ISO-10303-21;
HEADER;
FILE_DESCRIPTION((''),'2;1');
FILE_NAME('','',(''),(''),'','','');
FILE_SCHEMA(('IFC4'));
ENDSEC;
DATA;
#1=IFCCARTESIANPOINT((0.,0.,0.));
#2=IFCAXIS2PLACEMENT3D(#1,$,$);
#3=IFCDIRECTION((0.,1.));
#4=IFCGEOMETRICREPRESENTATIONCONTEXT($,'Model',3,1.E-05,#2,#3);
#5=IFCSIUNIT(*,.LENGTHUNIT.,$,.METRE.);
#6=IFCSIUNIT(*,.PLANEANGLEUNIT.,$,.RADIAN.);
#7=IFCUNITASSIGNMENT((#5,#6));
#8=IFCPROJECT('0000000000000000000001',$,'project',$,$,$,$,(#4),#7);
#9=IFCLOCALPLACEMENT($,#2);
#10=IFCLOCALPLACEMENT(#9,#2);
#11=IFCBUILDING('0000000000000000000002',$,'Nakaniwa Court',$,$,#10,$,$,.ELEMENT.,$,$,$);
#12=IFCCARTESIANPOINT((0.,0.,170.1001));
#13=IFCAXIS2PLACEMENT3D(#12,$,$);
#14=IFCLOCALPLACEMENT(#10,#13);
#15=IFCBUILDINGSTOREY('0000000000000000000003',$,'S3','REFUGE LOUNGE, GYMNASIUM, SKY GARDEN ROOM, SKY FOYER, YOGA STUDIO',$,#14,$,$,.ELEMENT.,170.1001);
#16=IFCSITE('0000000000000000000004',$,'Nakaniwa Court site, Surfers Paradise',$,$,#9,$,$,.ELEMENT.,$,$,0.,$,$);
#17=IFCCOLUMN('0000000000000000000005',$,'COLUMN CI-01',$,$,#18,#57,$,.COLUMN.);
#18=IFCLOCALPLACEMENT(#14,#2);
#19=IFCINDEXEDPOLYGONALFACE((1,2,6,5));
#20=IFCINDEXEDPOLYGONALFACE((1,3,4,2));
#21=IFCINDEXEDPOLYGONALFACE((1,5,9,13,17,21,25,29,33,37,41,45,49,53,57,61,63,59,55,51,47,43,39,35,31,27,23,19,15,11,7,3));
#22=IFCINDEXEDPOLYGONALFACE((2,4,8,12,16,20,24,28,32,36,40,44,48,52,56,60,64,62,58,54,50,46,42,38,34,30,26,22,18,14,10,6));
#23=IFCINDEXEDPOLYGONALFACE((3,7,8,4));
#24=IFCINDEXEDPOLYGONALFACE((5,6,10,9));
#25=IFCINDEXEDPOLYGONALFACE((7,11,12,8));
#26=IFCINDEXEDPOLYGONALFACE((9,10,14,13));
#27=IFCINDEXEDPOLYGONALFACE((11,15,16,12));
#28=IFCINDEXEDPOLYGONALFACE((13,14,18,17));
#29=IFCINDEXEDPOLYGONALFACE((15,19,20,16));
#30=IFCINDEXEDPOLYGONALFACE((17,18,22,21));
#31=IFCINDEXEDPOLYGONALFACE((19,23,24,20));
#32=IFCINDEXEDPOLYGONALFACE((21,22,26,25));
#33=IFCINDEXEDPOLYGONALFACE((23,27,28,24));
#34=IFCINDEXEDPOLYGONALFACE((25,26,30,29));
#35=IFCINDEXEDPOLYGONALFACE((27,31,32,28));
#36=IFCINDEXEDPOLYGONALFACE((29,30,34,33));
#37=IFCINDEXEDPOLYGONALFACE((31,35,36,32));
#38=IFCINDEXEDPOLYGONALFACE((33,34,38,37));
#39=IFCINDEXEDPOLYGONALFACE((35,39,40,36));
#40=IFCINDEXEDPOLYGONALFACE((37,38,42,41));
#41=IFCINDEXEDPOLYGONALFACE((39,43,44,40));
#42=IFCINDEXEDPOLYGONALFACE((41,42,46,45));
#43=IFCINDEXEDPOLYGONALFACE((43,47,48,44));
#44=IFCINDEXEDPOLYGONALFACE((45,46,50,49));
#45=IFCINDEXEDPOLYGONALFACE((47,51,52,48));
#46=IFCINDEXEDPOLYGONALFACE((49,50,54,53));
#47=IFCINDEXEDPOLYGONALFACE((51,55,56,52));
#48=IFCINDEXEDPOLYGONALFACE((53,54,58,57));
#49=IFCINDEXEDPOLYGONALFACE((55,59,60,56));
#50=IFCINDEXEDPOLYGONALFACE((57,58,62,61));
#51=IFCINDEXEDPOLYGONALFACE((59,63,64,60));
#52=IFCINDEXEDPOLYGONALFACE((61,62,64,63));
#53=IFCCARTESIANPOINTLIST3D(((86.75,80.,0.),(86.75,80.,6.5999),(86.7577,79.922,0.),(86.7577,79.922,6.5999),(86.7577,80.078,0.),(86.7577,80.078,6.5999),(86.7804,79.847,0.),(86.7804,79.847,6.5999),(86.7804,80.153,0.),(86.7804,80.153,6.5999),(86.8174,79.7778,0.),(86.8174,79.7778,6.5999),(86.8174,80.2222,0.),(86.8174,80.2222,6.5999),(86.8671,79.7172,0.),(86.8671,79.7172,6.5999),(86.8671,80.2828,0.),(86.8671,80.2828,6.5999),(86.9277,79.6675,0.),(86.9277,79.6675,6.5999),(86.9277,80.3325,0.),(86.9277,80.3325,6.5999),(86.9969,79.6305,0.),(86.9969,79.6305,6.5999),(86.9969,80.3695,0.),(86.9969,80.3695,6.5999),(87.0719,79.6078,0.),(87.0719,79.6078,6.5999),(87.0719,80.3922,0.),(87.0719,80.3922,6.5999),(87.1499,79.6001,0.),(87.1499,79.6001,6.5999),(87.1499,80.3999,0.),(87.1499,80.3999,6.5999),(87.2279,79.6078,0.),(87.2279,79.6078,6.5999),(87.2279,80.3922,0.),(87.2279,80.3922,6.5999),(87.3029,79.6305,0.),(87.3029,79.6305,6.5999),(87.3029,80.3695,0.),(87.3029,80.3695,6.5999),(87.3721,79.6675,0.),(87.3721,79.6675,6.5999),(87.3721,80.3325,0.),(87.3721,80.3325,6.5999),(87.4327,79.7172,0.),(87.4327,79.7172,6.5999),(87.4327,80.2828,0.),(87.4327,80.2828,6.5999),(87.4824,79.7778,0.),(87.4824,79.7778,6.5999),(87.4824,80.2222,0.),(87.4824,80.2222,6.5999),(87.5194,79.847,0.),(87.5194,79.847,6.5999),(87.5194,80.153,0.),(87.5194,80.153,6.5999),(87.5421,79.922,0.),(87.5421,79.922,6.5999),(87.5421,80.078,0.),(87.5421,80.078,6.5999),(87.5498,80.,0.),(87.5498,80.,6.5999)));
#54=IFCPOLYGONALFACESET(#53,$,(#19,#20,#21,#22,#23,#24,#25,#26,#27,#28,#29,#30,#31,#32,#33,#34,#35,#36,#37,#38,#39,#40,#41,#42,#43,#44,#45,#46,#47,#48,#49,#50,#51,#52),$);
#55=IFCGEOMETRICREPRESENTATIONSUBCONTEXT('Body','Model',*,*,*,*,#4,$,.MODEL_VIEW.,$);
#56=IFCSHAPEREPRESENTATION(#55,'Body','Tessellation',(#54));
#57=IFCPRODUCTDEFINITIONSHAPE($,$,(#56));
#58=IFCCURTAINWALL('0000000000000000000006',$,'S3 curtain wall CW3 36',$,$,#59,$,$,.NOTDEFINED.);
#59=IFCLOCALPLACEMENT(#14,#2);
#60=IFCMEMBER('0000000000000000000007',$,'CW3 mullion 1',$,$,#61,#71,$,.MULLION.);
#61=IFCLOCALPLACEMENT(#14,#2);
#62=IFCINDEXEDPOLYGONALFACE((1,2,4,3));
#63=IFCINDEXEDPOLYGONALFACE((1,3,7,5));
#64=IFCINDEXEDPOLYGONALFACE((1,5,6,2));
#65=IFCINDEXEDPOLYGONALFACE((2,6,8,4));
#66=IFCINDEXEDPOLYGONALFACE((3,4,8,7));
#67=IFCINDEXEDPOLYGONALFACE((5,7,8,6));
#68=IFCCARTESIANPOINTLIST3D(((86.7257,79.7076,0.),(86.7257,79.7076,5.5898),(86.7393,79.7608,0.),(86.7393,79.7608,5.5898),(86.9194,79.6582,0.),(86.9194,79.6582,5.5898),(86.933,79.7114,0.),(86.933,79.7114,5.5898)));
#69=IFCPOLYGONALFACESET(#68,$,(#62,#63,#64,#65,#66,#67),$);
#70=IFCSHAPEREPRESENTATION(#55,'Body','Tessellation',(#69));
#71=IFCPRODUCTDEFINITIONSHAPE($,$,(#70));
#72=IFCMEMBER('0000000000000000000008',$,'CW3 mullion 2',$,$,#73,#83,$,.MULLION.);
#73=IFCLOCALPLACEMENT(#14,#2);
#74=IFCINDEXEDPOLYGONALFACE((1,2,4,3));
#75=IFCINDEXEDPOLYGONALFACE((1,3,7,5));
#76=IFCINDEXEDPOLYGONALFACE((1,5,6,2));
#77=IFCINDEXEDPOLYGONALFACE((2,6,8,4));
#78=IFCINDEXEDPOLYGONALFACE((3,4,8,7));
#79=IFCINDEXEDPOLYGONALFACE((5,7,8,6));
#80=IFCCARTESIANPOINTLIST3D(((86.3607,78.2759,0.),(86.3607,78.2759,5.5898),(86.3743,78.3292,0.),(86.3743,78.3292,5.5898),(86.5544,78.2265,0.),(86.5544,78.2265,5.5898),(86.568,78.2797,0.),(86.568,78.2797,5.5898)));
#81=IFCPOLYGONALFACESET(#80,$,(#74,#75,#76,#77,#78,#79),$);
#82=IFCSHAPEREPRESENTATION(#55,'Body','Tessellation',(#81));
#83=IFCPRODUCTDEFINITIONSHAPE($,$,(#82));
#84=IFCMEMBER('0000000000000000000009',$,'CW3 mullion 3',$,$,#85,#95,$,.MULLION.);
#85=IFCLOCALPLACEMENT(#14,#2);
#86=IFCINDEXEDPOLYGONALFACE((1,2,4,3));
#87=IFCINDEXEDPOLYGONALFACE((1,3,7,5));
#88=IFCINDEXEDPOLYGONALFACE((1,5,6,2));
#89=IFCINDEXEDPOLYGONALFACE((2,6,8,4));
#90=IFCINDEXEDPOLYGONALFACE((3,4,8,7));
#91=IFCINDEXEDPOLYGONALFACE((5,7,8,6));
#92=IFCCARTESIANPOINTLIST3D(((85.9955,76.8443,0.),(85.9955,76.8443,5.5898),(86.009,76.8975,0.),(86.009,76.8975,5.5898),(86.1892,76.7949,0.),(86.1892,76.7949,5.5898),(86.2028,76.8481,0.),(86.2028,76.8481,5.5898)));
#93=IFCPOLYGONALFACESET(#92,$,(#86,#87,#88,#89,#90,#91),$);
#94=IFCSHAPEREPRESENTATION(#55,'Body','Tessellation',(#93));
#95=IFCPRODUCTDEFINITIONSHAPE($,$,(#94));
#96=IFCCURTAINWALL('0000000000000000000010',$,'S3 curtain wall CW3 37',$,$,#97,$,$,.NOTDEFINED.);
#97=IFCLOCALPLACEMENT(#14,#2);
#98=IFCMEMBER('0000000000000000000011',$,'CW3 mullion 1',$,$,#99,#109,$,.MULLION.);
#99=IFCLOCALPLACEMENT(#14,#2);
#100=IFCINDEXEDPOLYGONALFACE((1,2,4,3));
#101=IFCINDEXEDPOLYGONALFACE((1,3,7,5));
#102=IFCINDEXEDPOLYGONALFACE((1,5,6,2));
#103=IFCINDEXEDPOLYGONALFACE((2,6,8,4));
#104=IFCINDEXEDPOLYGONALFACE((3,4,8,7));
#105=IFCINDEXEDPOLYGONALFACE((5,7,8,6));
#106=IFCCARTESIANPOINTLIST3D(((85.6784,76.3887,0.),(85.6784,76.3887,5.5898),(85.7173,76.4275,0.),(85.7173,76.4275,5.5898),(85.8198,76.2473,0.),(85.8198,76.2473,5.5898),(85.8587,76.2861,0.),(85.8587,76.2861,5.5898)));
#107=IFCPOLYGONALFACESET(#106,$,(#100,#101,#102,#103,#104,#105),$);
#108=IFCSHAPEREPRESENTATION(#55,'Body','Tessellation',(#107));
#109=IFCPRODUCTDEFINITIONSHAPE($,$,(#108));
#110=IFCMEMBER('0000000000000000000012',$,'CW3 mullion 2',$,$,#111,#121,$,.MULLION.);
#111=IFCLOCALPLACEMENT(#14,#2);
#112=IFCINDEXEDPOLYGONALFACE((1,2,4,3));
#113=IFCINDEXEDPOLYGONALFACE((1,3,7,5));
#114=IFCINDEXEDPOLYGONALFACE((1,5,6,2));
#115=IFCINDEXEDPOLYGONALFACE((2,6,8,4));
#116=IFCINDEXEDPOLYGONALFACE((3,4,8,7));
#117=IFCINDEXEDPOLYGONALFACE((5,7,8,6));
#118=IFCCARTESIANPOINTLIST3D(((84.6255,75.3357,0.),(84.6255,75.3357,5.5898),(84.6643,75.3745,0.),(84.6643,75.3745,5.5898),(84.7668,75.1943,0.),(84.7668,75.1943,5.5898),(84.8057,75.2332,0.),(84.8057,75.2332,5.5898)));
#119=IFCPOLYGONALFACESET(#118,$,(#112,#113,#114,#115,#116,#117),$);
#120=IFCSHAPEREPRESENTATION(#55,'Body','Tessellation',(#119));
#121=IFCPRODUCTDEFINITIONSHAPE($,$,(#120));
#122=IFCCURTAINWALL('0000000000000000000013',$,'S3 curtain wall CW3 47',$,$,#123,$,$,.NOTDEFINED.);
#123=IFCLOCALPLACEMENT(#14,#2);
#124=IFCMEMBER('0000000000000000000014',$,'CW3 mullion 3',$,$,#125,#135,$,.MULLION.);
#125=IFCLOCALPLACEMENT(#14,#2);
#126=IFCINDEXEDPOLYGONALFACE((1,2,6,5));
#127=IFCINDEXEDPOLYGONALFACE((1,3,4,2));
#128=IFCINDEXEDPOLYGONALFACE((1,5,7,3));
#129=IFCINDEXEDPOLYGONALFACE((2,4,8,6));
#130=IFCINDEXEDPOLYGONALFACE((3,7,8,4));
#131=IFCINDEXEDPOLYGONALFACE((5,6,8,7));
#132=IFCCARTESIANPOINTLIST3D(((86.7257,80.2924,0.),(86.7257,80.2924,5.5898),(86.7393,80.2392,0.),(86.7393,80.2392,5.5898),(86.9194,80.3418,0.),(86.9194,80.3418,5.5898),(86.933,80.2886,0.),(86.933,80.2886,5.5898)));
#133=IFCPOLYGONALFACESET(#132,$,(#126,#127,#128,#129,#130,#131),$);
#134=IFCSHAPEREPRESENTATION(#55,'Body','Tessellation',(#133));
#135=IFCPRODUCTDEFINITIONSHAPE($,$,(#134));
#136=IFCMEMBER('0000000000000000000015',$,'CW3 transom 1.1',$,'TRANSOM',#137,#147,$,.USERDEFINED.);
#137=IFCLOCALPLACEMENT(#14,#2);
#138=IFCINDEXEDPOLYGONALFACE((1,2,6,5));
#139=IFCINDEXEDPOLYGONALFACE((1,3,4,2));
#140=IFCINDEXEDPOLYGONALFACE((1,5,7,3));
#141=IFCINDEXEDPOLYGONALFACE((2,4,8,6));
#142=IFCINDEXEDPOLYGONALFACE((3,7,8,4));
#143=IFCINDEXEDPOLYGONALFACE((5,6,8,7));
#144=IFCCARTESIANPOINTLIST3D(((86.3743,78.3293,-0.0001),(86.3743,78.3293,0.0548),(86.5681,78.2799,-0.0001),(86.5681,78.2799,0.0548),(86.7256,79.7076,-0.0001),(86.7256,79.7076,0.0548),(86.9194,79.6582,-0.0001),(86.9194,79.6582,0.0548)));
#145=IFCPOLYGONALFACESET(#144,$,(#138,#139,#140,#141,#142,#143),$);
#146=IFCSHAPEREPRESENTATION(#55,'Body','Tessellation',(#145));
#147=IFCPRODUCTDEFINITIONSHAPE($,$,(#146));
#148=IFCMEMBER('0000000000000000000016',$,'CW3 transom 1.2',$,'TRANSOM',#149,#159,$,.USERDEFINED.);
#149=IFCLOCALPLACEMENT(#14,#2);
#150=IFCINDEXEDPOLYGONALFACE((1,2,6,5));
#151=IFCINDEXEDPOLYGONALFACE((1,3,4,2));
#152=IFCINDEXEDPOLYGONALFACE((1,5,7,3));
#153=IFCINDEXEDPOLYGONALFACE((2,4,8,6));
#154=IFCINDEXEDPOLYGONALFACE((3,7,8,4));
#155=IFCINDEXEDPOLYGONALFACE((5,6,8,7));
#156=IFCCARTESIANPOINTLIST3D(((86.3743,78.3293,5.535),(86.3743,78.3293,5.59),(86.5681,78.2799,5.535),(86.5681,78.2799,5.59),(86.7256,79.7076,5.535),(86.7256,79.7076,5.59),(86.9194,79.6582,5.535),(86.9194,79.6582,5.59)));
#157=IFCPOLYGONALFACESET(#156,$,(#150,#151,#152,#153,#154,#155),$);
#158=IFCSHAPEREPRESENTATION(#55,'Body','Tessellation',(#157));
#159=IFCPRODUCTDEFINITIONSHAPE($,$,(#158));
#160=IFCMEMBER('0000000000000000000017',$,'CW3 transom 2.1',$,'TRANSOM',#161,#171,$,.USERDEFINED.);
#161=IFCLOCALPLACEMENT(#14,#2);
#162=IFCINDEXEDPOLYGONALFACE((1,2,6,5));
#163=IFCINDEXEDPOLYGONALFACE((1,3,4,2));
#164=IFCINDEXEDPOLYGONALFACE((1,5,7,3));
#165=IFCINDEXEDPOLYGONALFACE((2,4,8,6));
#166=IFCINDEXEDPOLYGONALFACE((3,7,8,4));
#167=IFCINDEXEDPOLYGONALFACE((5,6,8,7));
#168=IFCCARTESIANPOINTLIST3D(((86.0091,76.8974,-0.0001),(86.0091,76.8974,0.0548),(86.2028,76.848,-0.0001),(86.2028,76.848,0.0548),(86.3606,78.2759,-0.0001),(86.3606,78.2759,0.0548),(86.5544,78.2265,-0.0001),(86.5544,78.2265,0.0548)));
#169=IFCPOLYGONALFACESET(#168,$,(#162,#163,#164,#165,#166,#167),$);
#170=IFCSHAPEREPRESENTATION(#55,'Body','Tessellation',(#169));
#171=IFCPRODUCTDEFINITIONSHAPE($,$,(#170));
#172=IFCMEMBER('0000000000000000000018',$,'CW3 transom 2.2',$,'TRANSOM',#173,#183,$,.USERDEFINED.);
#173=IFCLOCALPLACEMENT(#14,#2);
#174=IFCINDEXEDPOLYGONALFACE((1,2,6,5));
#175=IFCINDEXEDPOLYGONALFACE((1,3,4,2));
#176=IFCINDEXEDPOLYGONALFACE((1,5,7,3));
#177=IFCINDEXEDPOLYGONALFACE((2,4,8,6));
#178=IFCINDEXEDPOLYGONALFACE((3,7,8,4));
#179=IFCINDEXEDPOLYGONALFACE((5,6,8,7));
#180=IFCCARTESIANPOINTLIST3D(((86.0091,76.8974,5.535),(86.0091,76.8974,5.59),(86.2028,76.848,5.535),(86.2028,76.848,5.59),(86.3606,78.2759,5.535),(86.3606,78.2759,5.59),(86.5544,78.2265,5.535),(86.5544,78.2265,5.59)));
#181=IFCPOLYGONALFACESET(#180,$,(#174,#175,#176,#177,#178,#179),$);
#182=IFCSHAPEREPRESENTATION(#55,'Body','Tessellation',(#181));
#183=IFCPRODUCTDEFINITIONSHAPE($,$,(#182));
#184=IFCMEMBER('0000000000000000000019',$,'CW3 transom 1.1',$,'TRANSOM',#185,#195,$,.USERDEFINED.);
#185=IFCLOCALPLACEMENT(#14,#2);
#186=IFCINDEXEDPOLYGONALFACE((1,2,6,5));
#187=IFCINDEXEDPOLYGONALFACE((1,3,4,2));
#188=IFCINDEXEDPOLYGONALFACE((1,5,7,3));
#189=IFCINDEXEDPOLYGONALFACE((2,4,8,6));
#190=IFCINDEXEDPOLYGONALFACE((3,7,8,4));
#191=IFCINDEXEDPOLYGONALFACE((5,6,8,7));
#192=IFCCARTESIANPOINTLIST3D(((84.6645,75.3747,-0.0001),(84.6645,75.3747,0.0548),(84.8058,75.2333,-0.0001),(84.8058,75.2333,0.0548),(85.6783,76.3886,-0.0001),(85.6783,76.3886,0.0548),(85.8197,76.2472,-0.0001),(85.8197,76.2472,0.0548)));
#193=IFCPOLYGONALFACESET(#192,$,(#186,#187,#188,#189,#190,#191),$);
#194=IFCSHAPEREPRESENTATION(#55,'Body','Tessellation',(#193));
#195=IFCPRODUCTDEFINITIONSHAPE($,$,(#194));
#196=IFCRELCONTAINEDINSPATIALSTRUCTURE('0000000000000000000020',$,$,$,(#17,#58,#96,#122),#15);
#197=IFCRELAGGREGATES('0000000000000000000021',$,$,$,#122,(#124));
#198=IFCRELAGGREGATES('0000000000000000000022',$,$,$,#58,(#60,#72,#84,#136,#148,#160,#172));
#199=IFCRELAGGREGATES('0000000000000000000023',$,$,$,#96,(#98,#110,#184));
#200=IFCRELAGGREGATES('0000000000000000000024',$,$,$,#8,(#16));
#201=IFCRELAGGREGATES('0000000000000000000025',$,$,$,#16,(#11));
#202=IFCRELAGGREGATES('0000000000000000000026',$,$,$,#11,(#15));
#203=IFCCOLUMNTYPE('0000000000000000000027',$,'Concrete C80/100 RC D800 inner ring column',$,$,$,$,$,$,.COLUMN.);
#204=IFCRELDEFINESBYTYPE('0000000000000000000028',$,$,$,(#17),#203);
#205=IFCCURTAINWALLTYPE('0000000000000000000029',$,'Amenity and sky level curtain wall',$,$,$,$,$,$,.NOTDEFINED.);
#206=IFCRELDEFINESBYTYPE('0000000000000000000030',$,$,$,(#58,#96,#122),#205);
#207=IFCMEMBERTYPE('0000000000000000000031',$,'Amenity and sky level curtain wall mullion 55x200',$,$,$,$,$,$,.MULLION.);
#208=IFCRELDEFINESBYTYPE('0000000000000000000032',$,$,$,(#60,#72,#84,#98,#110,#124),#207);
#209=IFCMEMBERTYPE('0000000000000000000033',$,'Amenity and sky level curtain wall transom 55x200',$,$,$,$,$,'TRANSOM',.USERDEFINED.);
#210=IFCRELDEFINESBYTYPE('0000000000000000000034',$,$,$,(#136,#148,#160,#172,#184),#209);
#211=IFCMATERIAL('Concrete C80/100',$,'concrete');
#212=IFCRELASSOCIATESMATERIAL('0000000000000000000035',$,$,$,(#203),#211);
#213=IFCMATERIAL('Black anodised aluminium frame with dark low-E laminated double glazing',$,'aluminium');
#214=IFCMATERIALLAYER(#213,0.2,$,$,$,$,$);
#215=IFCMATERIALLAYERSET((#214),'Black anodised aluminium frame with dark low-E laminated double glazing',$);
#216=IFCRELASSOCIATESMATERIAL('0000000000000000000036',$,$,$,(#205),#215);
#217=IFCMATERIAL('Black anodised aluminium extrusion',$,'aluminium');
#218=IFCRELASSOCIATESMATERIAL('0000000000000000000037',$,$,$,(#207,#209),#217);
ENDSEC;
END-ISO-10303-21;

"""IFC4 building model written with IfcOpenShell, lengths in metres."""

from ifc_helpers import new_model, si_unit, direction, frame, origin, origin_2d, place, context, subcontext, project, spatial, rectangle, circle, extrude, material, layer, layer_set, material_profile, profile_set, type_object, element, aggregate, save


model = new_model("IFC4")

# Units and contexts
model_context = context("Model", 3, precision=1e-05, world=origin(), true_north=direction((0.0, 1.0)))
body_context = subcontext(model_context, "Body", "Model", "MODEL_VIEW")
ifc_project = project(units=[si_unit("LENGTHUNIT", "METRE"), si_unit("PLANEANGLEUNIT", "RADIAN")], contexts=[model_context])

# Site, building, storey
site_placement = place(None, origin())
site = spatial("IfcSite", under=ifc_project, at=site_placement, Name="Nakaniwa Court site, Surfers Paradise", CompositionType="ELEMENT", RefElevation=0.0)
building_placement = place(site_placement, origin())
building = spatial("IfcBuilding", under=site, at=building_placement, Name="Nakaniwa Court", CompositionType="ELEMENT")
storey_placement = place(building_placement, frame((0.0, 0.0, 170.1001)))
storey = spatial("IfcBuildingStorey", under=building, at=storey_placement, Name="S3", Description="REFUGE LOUNGE, GYMNASIUM, SKY GARDEN ROOM, SKY FOYER, YOGA STUDIO", CompositionType="ELEMENT", Elevation=170.1001)

# Column
ifc_material_1 = material(Name="Concrete C80/100", Category="concrete")
ifc_material_profile_1 = material_profile(ifc_material_1, circle(Radius=0.3999, at=origin_2d()), Name="Concrete C80/100 RC D800 inner ring column")
ifc_profile_set_1 = profile_set([ifc_material_profile_1], Name="Concrete C80/100")
column_type = type_object("IfcColumnType", Name="Concrete C80/100 RC D800 inner ring column", PredefinedType="COLUMN", material=ifc_profile_set_1)
for number, where, z_axis, x_axis, name in (
    (1, (87.1499, 80.0, 0.0), (0.0, 0.0, 1.0), (0.0, 1.0, 0.0), "COLUMN CI-01"),
):
    element("IfcColumn", number, at=place(storey_placement, frame(where, z_axis=z_axis, x_axis=x_axis)), inside=storey, type_object=column_type, Name=name, PredefinedType="COLUMN", context=body_context, shape_type="SweptSolid", body=[
        extrude(circle(Radius=0.3999, at=origin_2d()), origin(), (0.0, 0.0, 1.0), 6.5999),
    ])

# Curtain walls, members
ifc_material_2 = material(Name="Black anodised aluminium frame with dark low-E laminated double glazing", Category="aluminium")
ifc_layer_1 = layer(ifc_material_2, 0.2)
ifc_layer_set_1 = layer_set([ifc_layer_1], Name="Black anodised aluminium frame with dark low-E laminated double glazing")
curtain_wall_type = type_object("IfcCurtainWallType", Name="Amenity and sky level curtain wall", PredefinedType="NOTDEFINED", material=ifc_layer_set_1)
curtain_wall_1_placement = place(storey_placement, origin())
curtain_wall_1 = element("IfcCurtainWall", 2, at=curtain_wall_1_placement, inside=storey, type_object=curtain_wall_type, Name="S3 curtain wall CW3 36", PredefinedType="NOTDEFINED")
ifc_material_3 = material(Name="Black anodised aluminium extrusion", Category="aluminium")
ifc_material_profile_2 = material_profile(ifc_material_3, rectangle(XDim=0.2, YDim=0.0549, at=origin_2d()), Name="Amenity and sky level curtain wall mullion 55x200")
ifc_profile_set_2 = profile_set([ifc_material_profile_2], Name="Black anodised aluminium extrusion")
member_type_1 = type_object("IfcMemberType", Name="Amenity and sky level curtain wall mullion 55x200", PredefinedType="MULLION", material=ifc_profile_set_2)
member_1_placement = place(storey_placement, frame((86.8293, 79.7095, 0.0), z_axis=(0.0, 0.0, 1.0), x_axis=(0.968986, -0.247114, 0.0)))
member_1 = element("IfcMember", 3, at=member_1_placement, type_object=member_type_1, Name="CW3 mullion 1", PredefinedType="MULLION", context=body_context, shape_type="SweptSolid", body=[
    extrude(rectangle(XDim=0.2, YDim=0.0549, at=origin_2d()), origin(), (0.0, 0.0, 1.0), 5.5898),
])
member_2_placement = place(storey_placement, frame((86.4644, 78.2778, 0.0), z_axis=(0.0, 0.0, 1.0), x_axis=(0.968986, -0.247114, 0.0)))
member_2 = element("IfcMember", 4, at=member_2_placement, type_object=member_type_1, Name="CW3 mullion 2", PredefinedType="MULLION", context=body_context, shape_type="SweptSolid", body=[
    extrude(rectangle(XDim=0.2, YDim=0.0549, at=origin_2d()), origin(), (0.0, 0.0, 1.0), 5.5898),
])
member_3_placement = place(storey_placement, frame((86.0991, 76.8462, 0.0), z_axis=(0.0, 0.0, 1.0), x_axis=(0.968986, -0.247114, 0.0)))
member_3 = element("IfcMember", 5, at=member_3_placement, type_object=member_type_1, Name="CW3 mullion 3", PredefinedType="MULLION", context=body_context, shape_type="SweptSolid", body=[
    extrude(rectangle(XDim=0.2, YDim=0.0549, at=origin_2d()), origin(), (0.0, 0.0, 1.0), 5.5898),
])
curtain_wall_2_placement = place(storey_placement, origin())
curtain_wall_2 = element("IfcCurtainWall", 6, at=curtain_wall_2_placement, inside=storey, type_object=curtain_wall_type, Name="S3 curtain wall CW3 37", PredefinedType="NOTDEFINED")
member_4_placement = place(storey_placement, frame((85.7686, 76.3374, 0.0), z_axis=(0.0, 0.0, 1.0), x_axis=(0.707107, -0.707107, 0.0)))
member_4 = element("IfcMember", 7, at=member_4_placement, type_object=member_type_1, Name="CW3 mullion 1", PredefinedType="MULLION", context=body_context, shape_type="SweptSolid", body=[
    extrude(rectangle(XDim=0.2, YDim=0.0549, at=origin_2d()), origin(), (0.0, 0.0, 1.0), 5.5898),
])
member_5_placement = place(storey_placement, frame((84.7156, 75.2844, 0.0), z_axis=(0.0, 0.0, 1.0), x_axis=(0.707107, -0.707107, 0.0)))
member_5 = element("IfcMember", 8, at=member_5_placement, type_object=member_type_1, Name="CW3 mullion 2", PredefinedType="MULLION", context=body_context, shape_type="SweptSolid", body=[
    extrude(rectangle(XDim=0.2, YDim=0.0549, at=origin_2d()), origin(), (0.0, 0.0, 1.0), 5.5898),
])

# Curtain wall, member
curtain_wall_3_placement = place(storey_placement, origin())
curtain_wall_3 = element("IfcCurtainWall", 9, at=curtain_wall_3_placement, inside=storey, type_object=curtain_wall_type, Name="S3 curtain wall CW3 47", PredefinedType="NOTDEFINED")
member_6_placement = place(storey_placement, frame((86.8293, 80.2905, 0.0), z_axis=(0.0, 0.0, 1.0), x_axis=(0.968986, 0.247114, 0.0)))
member_6 = element("IfcMember", 10, at=member_6_placement, type_object=member_type_1, Name="CW3 mullion 3", PredefinedType="MULLION", context=body_context, shape_type="SweptSolid", body=[
    extrude(rectangle(XDim=0.2, YDim=0.0549, at=origin_2d()), origin(), (0.0, 0.0, 1.0), 5.5898),
])
aggregate(curtain_wall_3, [member_6])

# Members
ifc_material_profile_3 = material_profile(ifc_material_3, rectangle(XDim=0.2, YDim=0.0549, at=origin_2d()), Name="Amenity and sky level curtain wall transom 55x200")
ifc_profile_set_3 = profile_set([ifc_material_profile_3], Name="Black anodised aluminium extrusion")
member_type_2 = type_object("IfcMemberType", Name="Amenity and sky level curtain wall transom 55x200", ElementType="TRANSOM", PredefinedType="USERDEFINED", material=ifc_profile_set_3)
member_7_placement = place(storey_placement, frame((86.8225, 79.6829, 0.0273), z_axis=(-0.246975, -0.969022, 0.0), x_axis=(0.969022, -0.246975, 0.0)))
member_7 = element("IfcMember", 11, at=member_7_placement, type_object=member_type_2, Name="CW3 transom 1.1", ObjectType="TRANSOM", PredefinedType="USERDEFINED", context=body_context, shape_type="SweptSolid", body=[
    extrude(rectangle(XDim=0.2, YDim=0.0549, at=origin_2d()), origin(), (0.0, 0.0, 1.0), 1.4224),
])
member_8_placement = place(storey_placement, frame((86.8225, 79.6829, 5.5625), z_axis=(-0.246975, -0.969022, 0.0), x_axis=(0.969022, -0.246975, 0.0)))
member_8 = element("IfcMember", 12, at=member_8_placement, type_object=member_type_2, Name="CW3 transom 1.2", ObjectType="TRANSOM", PredefinedType="USERDEFINED", context=body_context, shape_type="SweptSolid", body=[
    extrude(rectangle(XDim=0.2, YDim=0.0549, at=origin_2d()), origin(), (0.0, 0.0, 1.0), 1.4224),
])
member_9_placement = place(storey_placement, frame((86.4575, 78.2512, 0.0273), z_axis=(-0.247136, -0.968981, 0.0), x_axis=(0.968981, -0.247136, 0.0)))
member_9 = element("IfcMember", 13, at=member_9_placement, type_object=member_type_2, Name="CW3 transom 2.1", ObjectType="TRANSOM", PredefinedType="USERDEFINED", context=body_context, shape_type="SweptSolid", body=[
    extrude(rectangle(XDim=0.2, YDim=0.0549, at=origin_2d()), origin(), (0.0, 0.0, 1.0), 1.4226),
])
member_10_placement = place(storey_placement, frame((86.4575, 78.2512, 5.5625), z_axis=(-0.247136, -0.968981, 0.0), x_axis=(0.968981, -0.247136, 0.0)))
member_10 = element("IfcMember", 14, at=member_10_placement, type_object=member_type_2, Name="CW3 transom 2.2", ObjectType="TRANSOM", PredefinedType="USERDEFINED", context=body_context, shape_type="SweptSolid", body=[
    extrude(rectangle(XDim=0.2, YDim=0.0549, at=origin_2d()), origin(), (0.0, 0.0, 1.0), 1.4226),
])
member_11_placement = place(storey_placement, frame((85.749, 76.3179, 0.0273), z_axis=(-0.707107, -0.707107, 0.0), x_axis=(0.707107, -0.707107, 0.0)))
member_11 = element("IfcMember", 15, at=member_11_placement, type_object=member_type_2, Name="CW3 transom 1.1", ObjectType="TRANSOM", PredefinedType="USERDEFINED", context=body_context, shape_type="SweptSolid", body=[
    extrude(rectangle(XDim=0.2, YDim=0.0549, at=origin_2d()), origin(), (0.0, 0.0, 1.0), 1.4338),
])

aggregate(curtain_wall_1, [member_1, member_2, member_3, member_7, member_8, member_9, member_10])
aggregate(curtain_wall_2, [member_4, member_5, member_11])

save(model, "model.ifc")
